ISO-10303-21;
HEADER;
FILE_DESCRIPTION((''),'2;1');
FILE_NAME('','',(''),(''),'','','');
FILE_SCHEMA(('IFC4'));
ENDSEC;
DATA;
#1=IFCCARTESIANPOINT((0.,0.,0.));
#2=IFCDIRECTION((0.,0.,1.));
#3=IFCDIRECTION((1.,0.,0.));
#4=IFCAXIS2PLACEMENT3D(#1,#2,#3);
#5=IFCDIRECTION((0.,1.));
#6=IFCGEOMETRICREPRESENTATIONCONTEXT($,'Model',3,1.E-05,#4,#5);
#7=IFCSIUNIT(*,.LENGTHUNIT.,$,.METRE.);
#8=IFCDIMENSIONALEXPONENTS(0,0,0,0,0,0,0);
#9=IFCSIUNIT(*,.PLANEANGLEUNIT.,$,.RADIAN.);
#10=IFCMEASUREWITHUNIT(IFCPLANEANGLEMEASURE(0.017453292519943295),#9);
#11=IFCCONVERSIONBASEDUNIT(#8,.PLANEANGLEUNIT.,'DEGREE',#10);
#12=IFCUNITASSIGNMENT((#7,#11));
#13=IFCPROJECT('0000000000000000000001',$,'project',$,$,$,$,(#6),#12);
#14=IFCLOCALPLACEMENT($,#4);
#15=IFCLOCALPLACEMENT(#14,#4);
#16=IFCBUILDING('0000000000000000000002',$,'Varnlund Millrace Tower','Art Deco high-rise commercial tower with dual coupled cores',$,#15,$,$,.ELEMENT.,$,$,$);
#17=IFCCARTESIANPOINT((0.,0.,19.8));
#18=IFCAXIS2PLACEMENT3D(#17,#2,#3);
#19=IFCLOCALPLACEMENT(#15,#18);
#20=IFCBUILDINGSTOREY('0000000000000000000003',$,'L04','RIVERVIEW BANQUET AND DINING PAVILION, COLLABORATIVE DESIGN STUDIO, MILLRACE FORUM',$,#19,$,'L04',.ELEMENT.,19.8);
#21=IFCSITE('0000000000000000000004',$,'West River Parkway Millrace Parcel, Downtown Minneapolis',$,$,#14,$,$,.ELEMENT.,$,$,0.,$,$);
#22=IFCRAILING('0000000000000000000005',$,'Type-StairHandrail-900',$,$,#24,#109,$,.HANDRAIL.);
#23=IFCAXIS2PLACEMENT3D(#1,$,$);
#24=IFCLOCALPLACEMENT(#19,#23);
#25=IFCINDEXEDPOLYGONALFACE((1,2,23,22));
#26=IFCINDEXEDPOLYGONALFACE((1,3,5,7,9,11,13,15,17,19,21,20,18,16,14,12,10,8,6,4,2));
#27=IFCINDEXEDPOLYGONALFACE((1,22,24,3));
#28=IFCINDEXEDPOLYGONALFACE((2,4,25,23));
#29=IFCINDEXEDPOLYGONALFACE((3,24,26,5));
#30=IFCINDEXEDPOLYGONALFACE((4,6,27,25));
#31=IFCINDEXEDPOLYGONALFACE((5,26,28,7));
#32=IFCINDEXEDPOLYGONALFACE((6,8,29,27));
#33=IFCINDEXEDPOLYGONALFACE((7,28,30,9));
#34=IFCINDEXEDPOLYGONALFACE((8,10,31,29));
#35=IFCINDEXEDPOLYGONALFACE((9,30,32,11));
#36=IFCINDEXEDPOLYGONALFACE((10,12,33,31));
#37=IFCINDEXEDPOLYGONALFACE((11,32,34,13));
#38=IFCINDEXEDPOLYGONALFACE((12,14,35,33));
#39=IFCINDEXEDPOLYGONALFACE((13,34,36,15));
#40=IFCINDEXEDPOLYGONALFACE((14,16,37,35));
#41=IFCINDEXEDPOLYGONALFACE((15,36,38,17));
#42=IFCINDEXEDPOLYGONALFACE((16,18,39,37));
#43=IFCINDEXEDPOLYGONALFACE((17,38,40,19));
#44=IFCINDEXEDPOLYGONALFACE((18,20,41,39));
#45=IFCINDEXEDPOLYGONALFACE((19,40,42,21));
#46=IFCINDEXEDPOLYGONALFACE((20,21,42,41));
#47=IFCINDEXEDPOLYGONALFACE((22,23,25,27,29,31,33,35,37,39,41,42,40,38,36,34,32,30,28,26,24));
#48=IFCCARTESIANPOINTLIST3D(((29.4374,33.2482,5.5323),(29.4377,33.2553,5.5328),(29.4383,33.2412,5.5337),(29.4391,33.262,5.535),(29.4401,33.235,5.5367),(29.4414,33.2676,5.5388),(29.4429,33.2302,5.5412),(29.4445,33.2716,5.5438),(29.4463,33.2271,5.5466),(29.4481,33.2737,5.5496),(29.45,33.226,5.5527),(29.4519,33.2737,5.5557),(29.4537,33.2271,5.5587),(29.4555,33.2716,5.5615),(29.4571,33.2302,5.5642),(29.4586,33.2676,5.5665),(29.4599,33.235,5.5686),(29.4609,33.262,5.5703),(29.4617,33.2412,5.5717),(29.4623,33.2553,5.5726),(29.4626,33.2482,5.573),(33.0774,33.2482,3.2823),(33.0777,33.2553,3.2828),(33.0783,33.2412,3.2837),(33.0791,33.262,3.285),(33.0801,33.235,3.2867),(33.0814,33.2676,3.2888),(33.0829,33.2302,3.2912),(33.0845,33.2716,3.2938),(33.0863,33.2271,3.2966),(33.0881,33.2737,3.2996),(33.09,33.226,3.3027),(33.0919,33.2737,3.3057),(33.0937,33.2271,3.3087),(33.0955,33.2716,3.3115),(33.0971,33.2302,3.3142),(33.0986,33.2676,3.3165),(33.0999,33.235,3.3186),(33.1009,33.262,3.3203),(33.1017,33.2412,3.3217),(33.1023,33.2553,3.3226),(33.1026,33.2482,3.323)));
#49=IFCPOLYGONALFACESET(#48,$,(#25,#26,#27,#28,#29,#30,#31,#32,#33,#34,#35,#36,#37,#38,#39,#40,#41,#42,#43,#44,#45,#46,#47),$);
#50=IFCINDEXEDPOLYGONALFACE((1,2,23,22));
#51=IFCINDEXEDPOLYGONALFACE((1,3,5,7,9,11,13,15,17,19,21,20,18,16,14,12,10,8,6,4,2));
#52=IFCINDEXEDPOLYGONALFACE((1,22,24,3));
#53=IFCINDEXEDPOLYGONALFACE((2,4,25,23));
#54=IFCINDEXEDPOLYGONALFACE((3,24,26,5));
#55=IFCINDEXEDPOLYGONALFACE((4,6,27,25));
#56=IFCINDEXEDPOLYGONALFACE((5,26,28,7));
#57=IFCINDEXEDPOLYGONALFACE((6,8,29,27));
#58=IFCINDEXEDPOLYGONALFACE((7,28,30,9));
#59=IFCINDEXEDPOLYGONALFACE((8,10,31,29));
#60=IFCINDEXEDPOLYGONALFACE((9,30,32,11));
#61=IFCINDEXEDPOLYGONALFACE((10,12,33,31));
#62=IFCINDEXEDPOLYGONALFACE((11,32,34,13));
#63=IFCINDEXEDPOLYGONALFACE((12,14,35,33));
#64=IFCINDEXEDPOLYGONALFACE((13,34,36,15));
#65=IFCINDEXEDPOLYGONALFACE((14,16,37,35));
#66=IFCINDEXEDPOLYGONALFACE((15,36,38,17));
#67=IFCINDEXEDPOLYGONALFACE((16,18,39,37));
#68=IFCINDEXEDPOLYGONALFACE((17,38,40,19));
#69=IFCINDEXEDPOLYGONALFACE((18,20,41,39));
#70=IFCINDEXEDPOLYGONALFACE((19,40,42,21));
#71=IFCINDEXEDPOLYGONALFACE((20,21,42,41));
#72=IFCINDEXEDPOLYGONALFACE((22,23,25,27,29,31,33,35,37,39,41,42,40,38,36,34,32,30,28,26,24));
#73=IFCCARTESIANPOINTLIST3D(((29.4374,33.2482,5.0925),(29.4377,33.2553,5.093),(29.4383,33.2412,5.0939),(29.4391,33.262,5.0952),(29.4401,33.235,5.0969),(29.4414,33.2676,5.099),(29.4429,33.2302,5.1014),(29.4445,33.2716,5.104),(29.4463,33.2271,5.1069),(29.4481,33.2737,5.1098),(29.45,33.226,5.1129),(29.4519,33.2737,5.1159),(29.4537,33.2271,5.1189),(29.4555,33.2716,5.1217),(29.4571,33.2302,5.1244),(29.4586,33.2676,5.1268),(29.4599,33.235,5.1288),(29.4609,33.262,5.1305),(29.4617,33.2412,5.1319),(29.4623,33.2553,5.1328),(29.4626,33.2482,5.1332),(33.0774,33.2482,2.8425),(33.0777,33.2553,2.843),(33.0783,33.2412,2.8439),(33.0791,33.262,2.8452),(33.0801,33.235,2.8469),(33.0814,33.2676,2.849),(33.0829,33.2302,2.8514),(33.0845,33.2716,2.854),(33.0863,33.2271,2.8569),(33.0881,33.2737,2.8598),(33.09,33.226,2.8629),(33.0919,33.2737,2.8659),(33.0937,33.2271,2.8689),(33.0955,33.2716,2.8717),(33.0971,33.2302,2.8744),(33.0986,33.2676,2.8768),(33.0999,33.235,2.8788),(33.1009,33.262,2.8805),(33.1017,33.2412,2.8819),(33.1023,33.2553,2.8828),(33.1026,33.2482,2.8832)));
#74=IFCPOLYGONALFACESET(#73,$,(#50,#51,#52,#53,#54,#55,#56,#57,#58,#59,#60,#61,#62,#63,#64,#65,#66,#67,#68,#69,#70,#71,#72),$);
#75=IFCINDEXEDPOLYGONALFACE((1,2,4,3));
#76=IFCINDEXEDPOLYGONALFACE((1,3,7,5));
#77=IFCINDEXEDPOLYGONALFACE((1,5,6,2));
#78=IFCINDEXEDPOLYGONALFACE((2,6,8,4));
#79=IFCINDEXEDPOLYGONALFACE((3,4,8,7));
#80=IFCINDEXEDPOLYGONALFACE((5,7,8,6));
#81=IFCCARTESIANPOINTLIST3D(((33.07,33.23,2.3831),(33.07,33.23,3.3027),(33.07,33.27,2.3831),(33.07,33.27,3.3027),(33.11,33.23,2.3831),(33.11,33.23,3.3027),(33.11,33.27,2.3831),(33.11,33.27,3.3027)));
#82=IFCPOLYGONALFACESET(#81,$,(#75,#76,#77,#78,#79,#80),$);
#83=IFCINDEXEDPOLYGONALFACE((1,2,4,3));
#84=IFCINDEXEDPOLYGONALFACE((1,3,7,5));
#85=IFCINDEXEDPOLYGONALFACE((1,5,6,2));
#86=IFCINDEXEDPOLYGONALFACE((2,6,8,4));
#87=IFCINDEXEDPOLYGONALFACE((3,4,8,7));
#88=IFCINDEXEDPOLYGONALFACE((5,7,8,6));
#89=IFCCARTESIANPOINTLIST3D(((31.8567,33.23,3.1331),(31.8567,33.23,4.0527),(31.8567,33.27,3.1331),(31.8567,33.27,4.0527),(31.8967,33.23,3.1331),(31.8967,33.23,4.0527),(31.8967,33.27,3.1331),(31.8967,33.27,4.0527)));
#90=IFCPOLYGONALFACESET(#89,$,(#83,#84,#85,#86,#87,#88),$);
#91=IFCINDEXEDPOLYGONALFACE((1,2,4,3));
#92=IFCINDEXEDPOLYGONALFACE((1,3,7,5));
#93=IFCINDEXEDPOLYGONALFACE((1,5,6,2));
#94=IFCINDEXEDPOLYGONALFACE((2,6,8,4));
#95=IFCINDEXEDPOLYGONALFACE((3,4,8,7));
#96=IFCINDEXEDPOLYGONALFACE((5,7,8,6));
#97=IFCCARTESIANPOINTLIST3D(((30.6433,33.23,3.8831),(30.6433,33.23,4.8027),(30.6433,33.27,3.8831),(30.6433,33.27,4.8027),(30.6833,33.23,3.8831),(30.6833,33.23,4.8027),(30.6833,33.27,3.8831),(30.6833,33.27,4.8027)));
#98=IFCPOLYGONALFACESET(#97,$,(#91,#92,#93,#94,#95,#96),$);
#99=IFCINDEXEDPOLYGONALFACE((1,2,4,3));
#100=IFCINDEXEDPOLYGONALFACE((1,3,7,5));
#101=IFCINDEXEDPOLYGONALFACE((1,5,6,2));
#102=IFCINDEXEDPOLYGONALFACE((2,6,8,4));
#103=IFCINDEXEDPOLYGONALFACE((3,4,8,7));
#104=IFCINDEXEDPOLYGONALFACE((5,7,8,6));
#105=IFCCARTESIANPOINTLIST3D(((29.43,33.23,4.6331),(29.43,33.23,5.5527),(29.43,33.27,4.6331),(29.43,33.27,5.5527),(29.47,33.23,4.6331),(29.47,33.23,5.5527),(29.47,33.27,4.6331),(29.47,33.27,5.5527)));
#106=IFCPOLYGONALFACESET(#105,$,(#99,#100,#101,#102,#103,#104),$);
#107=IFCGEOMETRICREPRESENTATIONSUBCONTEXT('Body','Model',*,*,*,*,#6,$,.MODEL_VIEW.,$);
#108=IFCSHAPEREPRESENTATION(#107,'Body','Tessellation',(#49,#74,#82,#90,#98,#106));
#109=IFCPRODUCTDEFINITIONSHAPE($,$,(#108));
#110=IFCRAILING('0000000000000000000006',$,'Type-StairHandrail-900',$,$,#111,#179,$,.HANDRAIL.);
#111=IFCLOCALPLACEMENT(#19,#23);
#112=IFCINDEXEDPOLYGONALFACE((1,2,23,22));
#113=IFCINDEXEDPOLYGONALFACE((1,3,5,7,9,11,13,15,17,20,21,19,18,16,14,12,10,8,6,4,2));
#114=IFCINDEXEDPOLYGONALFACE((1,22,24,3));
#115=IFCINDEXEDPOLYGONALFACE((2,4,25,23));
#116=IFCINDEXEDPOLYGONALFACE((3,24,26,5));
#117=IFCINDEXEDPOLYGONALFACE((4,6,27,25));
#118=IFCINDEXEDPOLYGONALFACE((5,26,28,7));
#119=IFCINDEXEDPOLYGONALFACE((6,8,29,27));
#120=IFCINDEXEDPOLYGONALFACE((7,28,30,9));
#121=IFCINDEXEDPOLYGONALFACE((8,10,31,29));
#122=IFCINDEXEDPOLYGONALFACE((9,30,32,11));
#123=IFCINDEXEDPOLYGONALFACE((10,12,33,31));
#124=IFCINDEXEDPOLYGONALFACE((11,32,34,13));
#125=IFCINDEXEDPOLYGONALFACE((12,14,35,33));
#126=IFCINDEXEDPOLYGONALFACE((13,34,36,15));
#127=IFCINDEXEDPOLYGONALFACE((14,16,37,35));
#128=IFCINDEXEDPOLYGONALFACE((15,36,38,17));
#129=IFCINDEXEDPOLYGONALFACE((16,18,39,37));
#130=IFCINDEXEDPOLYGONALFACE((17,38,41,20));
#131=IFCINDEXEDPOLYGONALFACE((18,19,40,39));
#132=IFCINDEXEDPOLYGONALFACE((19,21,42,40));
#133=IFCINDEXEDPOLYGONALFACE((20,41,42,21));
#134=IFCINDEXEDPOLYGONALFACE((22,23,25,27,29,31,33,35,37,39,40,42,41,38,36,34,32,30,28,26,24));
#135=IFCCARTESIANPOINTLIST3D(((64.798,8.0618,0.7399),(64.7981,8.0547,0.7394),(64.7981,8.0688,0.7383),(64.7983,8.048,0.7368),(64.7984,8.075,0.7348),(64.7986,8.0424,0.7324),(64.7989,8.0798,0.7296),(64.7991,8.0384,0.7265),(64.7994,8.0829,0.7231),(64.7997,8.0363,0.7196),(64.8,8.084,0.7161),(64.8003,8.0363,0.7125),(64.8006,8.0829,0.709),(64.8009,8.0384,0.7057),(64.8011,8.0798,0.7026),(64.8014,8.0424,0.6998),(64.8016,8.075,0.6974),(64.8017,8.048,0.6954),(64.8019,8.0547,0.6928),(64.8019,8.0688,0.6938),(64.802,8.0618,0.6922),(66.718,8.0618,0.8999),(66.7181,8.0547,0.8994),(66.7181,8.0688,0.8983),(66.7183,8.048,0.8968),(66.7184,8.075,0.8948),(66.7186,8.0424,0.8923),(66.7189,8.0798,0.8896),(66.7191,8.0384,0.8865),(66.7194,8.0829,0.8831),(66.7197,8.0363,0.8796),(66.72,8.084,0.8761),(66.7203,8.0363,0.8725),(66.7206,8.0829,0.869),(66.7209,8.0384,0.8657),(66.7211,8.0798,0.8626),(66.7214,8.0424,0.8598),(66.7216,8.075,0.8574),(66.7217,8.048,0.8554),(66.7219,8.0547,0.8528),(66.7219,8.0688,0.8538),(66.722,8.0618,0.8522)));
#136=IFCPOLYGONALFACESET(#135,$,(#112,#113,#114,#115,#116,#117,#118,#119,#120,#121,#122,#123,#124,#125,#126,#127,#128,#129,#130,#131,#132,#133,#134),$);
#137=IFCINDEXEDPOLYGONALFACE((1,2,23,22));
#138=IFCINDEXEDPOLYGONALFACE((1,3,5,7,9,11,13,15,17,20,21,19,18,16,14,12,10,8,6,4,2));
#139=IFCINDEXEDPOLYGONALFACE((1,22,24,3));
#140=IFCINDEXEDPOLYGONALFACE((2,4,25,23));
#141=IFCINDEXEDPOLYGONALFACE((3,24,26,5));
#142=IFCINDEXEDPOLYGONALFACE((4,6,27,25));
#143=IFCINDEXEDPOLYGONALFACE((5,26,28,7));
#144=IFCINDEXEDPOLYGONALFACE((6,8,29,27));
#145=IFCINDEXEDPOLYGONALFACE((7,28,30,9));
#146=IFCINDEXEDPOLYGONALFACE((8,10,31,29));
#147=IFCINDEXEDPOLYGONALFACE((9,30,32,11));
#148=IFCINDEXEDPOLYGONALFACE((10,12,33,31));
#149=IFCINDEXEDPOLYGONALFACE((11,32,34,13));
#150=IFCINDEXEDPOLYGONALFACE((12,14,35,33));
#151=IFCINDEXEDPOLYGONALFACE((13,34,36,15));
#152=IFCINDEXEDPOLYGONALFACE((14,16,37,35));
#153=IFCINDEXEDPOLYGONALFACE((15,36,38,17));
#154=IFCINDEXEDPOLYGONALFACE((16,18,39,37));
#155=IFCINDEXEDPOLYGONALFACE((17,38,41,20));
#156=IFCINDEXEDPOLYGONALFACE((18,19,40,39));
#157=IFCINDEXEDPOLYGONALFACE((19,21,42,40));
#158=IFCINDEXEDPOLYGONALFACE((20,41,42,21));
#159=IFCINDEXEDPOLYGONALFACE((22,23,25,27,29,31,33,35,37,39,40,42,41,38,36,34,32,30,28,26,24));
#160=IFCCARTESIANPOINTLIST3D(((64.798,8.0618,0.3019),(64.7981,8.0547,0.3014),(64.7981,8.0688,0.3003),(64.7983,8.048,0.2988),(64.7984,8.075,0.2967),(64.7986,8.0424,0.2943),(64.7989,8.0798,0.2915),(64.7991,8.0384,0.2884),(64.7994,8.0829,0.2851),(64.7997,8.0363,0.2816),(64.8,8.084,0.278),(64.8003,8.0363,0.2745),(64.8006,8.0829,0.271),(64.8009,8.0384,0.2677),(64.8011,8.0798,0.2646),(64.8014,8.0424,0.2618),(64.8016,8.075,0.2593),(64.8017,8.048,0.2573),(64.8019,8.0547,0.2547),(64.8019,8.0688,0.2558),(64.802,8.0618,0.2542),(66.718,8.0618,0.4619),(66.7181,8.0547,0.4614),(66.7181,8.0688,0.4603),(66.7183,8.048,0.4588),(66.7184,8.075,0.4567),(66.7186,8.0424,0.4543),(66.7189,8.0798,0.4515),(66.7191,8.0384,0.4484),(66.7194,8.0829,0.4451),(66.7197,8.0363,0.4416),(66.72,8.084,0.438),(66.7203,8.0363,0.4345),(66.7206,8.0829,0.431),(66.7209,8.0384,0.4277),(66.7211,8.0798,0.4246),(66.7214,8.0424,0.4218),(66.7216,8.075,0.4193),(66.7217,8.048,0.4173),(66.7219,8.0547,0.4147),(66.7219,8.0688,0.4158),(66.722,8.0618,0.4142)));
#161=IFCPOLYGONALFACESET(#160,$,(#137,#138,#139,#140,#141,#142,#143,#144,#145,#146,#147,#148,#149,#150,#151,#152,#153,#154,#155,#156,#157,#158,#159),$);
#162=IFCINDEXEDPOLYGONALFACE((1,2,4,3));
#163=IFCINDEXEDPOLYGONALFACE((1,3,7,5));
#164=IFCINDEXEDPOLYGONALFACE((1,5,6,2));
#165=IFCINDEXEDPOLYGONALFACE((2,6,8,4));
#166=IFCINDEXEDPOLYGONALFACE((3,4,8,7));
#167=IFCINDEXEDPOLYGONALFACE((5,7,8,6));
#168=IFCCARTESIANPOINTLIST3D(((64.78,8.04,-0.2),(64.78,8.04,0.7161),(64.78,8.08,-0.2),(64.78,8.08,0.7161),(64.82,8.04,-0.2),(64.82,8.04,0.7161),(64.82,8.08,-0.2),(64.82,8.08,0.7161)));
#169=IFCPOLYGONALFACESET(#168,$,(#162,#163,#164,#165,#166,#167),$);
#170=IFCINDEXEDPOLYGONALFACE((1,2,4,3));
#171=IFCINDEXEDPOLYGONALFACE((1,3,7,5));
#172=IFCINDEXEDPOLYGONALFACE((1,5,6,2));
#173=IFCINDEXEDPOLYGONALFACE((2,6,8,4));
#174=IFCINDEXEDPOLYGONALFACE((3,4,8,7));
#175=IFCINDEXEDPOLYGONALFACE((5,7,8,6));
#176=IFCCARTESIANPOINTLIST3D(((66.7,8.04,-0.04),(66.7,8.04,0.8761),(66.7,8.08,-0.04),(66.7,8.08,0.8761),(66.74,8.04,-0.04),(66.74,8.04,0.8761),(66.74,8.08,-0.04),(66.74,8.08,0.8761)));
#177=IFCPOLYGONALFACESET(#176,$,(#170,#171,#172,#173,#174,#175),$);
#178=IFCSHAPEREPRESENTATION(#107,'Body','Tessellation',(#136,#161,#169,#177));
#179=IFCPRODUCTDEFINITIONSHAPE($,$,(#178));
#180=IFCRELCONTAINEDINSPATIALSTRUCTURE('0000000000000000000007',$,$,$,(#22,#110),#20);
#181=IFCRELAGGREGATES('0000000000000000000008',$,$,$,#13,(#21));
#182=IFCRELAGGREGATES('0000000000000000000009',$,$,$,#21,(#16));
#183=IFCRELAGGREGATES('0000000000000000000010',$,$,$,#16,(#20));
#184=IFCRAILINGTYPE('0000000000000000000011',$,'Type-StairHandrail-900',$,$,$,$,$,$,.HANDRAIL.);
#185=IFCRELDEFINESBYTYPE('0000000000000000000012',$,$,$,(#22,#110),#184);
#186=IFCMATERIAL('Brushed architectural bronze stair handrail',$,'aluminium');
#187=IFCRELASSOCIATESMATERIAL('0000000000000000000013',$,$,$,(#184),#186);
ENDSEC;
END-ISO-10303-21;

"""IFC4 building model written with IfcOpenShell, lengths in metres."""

from ifc_helpers import new_model, entity, si_unit, converted_unit, direction, frame, origin_with_axes, origin_2d_with_axis, place, context, subcontext, project, spatial, rectangle, circle, extrude, material, type_object, element, save


model = new_model("IFC4")

# Units and contexts
model_context = context("Model", 3, precision=1e-05, world=origin_with_axes(), true_north=direction((0.0, 1.0)))
body_context = subcontext(model_context, "Body", "Model", "MODEL_VIEW")
ifc_project = project(units=[si_unit("LENGTHUNIT", "METRE"), converted_unit("PLANEANGLEUNIT", "DEGREE", entity("IfcPlaneAngleMeasure", 0.017453292519943295), si_unit("PLANEANGLEUNIT", "RADIAN"), dimensions=[0, 0, 0, 0, 0, 0, 0])], contexts=[model_context])

# Site, building, storey
site_placement = place(None, origin_with_axes())
site = spatial("IfcSite", under=ifc_project, at=site_placement, Name="West River Parkway Millrace Parcel, Downtown Minneapolis", CompositionType="ELEMENT", RefElevation=0.0)
building_placement = place(site_placement, origin_with_axes())
building = spatial("IfcBuilding", under=site, at=building_placement, Name="Varnlund Millrace Tower", Description="Art Deco high-rise commercial tower with dual coupled cores", CompositionType="ELEMENT")
storey_placement = place(building_placement, frame((0.0, 0.0, 19.8), z_axis=(0.0, 0.0, 1.0), x_axis=(1.0, 0.0, 0.0)))
storey = spatial("IfcBuildingStorey", under=building, at=storey_placement, Name="L04", Description="RIVERVIEW BANQUET AND DINING PAVILION, COLLABORATIVE DESIGN STUDIO, MILLRACE FORUM", LongName="L04", CompositionType="ELEMENT", Elevation=19.8)

# Railings
ifc_material_1 = material(Name="Brushed architectural bronze stair handrail", Category="aluminium")
railing_type_1 = type_object("IfcRailingType", Name="Type-StairHandrail-900", PredefinedType="HANDRAIL", material=ifc_material_1)
railing_1_placement = place(storey_placement, frame((0.0, 0.0, -19.8), z_axis=(0.0, 0.0, 1.0), x_axis=(1.0, 0.0, 0.0)))
element("IfcRailing", 1, at=railing_1_placement, inside=storey, type_object=railing_type_1, Name="Type-StairHandrail-900", PredefinedType="HANDRAIL", context=body_context, shape_type="SweptSolid", body=[
    extrude(circle(Radius=0.024, at=origin_2d_with_axis()), frame((33.09, 33.25, 23.1027), z_axis=(-0.850614, 0.0, 0.525791), x_axis=(0.0, -1.0, 0.0)), (0.0, 0.0, 1.0), 4.2793),
    extrude(circle(Radius=0.024, at=origin_2d_with_axis()), frame((33.09, 33.25, 22.6629), z_axis=(-0.850614, 0.0, 0.525791), x_axis=(0.0, -1.0, 0.0)), (0.0, 0.0, 1.0), 4.2793),
    extrude(rectangle(XDim=0.04, YDim=0.04, at=origin_2d_with_axis()), frame((33.09, 33.25, 22.1831), z_axis=(0.0, 0.0, 1.0), x_axis=(1.0, 0.0, 0.0)), (0.0, 0.0, 1.0), 0.9196),
    extrude(rectangle(XDim=0.04, YDim=0.04, at=origin_2d_with_axis()), frame((31.8767, 33.25, 22.9331), z_axis=(0.0, 0.0, 1.0), x_axis=(1.0, 0.0, 0.0)), (0.0, 0.0, 1.0), 0.9196),
    extrude(rectangle(XDim=0.04, YDim=0.04, at=origin_2d_with_axis()), frame((30.6633, 33.25, 23.6831), z_axis=(0.0, 0.0, 1.0), x_axis=(1.0, 0.0, 0.0)), (0.0, 0.0, 1.0), 0.9196),
    extrude(rectangle(XDim=0.04, YDim=0.04, at=origin_2d_with_axis()), frame((29.45, 33.25, 24.4331), z_axis=(0.0, 0.0, 1.0), x_axis=(1.0, 0.0, 0.0)), (0.0, 0.0, 1.0), 0.9196),
])
railing_2_placement = place(storey_placement, frame((0.0, 0.0, -19.8), z_axis=(0.0, 0.0, 1.0), x_axis=(1.0, 0.0, 0.0)))
element("IfcRailing", 2, at=railing_2_placement, inside=storey, type_object=railing_type_1, Name="Type-StairHandrail-900", PredefinedType="HANDRAIL", context=body_context, shape_type="SweptSolid", body=[
    extrude(circle(Radius=0.024, at=origin_2d_with_axis()), frame((64.8, 8.06, 20.5161), z_axis=(0.996546, 0.0, 0.083045), x_axis=(0.0, 1.0, 0.0)), (0.0, 0.0, 1.0), 1.9267),
    extrude(circle(Radius=0.024, at=origin_2d_with_axis()), frame((64.8, 8.06, 20.078), z_axis=(0.996546, 0.0, 0.083045), x_axis=(0.0, 1.0, 0.0)), (0.0, 0.0, 1.0), 1.9267),
    extrude(rectangle(XDim=0.04, YDim=0.04, at=origin_2d_with_axis()), frame((64.8, 8.06, 19.6), z_axis=(0.0, 0.0, 1.0), x_axis=(1.0, 0.0, 0.0)), (0.0, 0.0, 1.0), 0.9161),
    extrude(rectangle(XDim=0.04, YDim=0.04, at=origin_2d_with_axis()), frame((66.72, 8.06, 19.76), z_axis=(0.0, 0.0, 1.0), x_axis=(1.0, 0.0, 0.0)), (0.0, 0.0, 1.0), 0.9161),
])

save(model, "model.ifc")
